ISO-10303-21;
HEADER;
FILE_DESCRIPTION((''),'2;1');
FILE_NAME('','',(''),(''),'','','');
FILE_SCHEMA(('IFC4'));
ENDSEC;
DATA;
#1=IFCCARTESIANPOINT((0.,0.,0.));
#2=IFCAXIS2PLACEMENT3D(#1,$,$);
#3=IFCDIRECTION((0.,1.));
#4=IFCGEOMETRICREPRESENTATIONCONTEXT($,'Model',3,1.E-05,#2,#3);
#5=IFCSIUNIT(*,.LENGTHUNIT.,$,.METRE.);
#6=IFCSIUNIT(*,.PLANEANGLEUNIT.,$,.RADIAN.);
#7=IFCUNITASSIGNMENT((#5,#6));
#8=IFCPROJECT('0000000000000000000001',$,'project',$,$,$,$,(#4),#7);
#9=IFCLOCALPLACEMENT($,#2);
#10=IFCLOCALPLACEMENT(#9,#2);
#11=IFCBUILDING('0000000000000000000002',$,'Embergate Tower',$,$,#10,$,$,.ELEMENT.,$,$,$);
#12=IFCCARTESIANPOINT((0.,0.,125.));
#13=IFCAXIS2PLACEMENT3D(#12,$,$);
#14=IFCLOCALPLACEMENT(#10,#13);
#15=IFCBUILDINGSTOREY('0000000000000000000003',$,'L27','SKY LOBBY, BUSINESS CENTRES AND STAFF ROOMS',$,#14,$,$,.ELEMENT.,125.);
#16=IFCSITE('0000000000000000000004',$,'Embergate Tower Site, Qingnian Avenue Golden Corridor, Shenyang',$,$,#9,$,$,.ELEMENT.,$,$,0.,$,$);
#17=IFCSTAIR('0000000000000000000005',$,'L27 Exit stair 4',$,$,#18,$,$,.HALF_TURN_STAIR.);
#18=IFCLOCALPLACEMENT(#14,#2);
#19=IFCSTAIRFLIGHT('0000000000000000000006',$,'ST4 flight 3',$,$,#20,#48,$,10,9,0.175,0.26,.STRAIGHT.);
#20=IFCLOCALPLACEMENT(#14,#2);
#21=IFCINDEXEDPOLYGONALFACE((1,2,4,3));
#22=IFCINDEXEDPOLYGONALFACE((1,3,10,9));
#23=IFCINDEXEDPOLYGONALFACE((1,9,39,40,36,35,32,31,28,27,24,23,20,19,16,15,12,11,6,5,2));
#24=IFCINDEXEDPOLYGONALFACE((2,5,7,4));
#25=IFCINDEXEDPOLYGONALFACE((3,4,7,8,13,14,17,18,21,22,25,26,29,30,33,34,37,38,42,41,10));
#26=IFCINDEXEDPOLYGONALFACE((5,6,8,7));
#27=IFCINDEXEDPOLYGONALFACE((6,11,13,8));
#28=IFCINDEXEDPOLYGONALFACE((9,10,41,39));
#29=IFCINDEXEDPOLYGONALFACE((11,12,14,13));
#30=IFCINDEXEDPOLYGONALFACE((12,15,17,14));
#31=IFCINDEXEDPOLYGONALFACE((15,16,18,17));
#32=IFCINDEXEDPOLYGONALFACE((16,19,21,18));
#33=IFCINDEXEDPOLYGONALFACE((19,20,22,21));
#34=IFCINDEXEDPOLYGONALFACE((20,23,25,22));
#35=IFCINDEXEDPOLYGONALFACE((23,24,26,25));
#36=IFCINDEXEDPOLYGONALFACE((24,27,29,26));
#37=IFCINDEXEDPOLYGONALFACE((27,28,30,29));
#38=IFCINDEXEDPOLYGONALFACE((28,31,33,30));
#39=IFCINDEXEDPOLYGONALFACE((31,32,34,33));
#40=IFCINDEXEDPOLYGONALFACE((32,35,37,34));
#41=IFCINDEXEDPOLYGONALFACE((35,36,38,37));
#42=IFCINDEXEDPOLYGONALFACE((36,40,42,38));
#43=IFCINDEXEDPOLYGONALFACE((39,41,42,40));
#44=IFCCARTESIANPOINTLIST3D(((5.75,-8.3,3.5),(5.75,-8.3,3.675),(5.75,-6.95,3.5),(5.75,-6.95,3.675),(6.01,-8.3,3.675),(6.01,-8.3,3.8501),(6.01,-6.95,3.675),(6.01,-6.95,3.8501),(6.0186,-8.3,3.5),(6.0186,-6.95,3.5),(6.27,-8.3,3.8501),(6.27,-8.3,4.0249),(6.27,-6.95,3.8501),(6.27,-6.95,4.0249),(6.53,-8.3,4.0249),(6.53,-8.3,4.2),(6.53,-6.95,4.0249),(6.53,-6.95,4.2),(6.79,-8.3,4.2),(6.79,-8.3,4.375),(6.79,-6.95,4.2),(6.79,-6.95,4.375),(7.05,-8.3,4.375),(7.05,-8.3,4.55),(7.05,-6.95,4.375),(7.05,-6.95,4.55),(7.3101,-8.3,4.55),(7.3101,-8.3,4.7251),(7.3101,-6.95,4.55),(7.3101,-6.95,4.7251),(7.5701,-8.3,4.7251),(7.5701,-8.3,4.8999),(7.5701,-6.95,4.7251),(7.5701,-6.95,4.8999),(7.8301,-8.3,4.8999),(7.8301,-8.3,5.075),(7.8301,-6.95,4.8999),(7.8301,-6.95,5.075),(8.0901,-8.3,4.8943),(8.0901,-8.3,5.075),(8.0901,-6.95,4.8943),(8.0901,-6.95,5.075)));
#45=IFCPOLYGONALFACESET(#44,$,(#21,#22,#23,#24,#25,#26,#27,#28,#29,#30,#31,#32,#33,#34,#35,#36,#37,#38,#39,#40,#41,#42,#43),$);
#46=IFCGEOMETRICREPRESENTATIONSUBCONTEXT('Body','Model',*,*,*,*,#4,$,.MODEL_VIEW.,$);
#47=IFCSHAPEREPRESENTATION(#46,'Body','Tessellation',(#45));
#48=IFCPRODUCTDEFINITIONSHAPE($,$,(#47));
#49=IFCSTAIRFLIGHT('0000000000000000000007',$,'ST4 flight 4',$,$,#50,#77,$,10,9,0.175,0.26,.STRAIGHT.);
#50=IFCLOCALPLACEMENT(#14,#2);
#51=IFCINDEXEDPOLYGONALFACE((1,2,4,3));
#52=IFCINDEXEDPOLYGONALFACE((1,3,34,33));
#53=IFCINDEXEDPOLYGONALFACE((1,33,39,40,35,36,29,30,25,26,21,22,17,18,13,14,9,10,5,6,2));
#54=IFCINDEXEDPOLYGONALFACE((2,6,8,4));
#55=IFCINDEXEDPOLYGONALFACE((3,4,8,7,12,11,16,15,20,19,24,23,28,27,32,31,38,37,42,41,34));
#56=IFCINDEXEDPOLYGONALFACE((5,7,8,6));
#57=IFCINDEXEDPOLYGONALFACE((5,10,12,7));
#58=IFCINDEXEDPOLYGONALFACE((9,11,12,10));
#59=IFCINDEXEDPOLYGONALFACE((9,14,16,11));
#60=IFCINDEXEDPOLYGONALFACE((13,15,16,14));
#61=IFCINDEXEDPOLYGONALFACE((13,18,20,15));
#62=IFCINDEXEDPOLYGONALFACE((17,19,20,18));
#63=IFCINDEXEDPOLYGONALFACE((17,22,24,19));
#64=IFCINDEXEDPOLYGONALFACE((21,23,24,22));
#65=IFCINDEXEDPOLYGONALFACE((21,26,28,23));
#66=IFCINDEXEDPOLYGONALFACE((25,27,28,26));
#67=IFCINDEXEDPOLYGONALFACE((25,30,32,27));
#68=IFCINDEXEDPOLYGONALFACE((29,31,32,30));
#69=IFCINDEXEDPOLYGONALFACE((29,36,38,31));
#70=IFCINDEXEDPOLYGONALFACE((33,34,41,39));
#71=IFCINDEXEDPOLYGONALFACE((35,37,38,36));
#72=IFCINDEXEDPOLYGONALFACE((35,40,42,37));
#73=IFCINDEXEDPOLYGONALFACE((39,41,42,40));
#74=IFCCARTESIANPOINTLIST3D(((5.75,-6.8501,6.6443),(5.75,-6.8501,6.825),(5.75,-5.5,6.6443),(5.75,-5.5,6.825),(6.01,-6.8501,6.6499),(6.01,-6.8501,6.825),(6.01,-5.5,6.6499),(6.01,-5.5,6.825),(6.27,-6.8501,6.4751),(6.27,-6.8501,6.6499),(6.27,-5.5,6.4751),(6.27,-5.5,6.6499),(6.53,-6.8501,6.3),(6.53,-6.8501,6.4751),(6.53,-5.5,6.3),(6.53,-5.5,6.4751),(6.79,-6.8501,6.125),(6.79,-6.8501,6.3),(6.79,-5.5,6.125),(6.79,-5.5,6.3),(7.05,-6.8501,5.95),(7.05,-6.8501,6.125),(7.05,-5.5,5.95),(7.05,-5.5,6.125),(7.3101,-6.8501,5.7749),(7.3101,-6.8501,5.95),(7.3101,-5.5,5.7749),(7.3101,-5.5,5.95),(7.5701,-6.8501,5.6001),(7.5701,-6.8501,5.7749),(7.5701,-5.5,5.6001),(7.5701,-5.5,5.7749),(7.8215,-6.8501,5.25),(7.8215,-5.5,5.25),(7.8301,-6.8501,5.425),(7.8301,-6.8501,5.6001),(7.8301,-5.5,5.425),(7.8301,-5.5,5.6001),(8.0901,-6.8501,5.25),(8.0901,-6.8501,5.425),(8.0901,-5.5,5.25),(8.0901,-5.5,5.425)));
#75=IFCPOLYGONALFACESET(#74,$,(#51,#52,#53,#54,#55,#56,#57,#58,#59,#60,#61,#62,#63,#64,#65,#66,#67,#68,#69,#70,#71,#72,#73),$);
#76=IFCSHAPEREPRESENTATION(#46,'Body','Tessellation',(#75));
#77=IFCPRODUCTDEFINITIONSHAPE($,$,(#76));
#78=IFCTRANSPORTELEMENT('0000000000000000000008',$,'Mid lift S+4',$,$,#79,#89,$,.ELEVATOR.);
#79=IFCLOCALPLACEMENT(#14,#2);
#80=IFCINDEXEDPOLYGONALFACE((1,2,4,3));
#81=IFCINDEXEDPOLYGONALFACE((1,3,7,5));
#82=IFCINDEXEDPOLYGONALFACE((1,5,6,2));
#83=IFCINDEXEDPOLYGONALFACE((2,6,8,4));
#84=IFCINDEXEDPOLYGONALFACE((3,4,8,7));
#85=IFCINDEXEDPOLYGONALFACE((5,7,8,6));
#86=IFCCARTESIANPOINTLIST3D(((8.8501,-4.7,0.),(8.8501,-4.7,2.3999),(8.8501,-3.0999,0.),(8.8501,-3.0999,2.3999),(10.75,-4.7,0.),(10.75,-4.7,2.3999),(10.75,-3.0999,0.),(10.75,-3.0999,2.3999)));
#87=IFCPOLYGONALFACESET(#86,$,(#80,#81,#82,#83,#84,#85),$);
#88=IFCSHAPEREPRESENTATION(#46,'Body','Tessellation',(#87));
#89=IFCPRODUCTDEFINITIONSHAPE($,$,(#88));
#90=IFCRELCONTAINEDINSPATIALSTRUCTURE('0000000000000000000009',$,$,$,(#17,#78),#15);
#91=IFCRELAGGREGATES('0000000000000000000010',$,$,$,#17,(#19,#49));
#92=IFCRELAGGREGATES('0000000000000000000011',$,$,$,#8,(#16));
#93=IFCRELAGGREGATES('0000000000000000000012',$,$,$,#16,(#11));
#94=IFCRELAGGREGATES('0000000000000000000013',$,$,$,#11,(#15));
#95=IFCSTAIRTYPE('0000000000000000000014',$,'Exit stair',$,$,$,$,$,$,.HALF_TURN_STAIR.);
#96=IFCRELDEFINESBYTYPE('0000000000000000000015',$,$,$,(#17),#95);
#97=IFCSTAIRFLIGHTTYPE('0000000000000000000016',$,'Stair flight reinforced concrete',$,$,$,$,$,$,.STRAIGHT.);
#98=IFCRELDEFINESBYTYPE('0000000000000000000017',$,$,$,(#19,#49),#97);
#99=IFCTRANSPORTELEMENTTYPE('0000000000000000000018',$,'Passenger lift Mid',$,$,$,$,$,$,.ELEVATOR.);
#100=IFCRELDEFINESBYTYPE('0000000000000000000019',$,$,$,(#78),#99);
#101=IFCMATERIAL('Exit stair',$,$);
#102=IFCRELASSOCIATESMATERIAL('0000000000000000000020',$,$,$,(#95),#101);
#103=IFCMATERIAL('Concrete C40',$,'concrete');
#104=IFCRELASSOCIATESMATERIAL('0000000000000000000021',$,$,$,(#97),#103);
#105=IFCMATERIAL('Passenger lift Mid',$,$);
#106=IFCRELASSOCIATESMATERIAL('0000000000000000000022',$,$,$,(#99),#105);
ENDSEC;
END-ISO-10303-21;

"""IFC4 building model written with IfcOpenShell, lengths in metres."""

from ifc_helpers import new_model, si_unit, direction, frame, origin, origin_2d, place, context, subcontext, project, spatial, polyline, rectangle, outline, extrude, source, transform, mapped, material, type_object, element, aggregate, save


model = new_model("IFC4")

# Units and contexts
model_context = context("Model", 3, precision=1e-05, world=origin(), true_north=direction((0.0, 1.0)))
body_context = subcontext(model_context, "Body", "Model", "MODEL_VIEW")
ifc_project = project(units=[si_unit("LENGTHUNIT", "METRE"), si_unit("PLANEANGLEUNIT", "RADIAN")], contexts=[model_context])

# Site, building, storey
site_placement = place(None, origin())
site = spatial("IfcSite", under=ifc_project, at=site_placement, Name="Embergate Tower Site, Qingnian Avenue Golden Corridor, Shenyang", CompositionType="ELEMENT", RefElevation=0.0)
building_placement = place(site_placement, origin())
building = spatial("IfcBuilding", under=site, at=building_placement, Name="Embergate Tower", CompositionType="ELEMENT")
storey_placement = place(building_placement, frame((0.0, 0.0, 125.0)))
storey = spatial("IfcBuildingStorey", under=building, at=storey_placement, Name="L27", Description="SKY LOBBY, BUSINESS CENTRES AND STAFF ROOMS", CompositionType="ELEMENT", Elevation=125.0)

# Stair, stair flights
ifc_material_1 = material(Name="Exit stair")
stair_type = type_object("IfcStairType", Name="Exit stair", PredefinedType="HALF_TURN_STAIR", material=ifc_material_1)
stair_placement = place(storey_placement, origin())
stair = element("IfcStair", 1, at=stair_placement, inside=storey, type_object=stair_type, Name="L27 Exit stair 4", PredefinedType="HALF_TURN_STAIR")
ifc_material_2 = material(Name="Concrete C40", Category="concrete")
stair_flight_type = type_object("IfcStairFlightType", Name="Stair flight reinforced concrete", PredefinedType="STRAIGHT", material=ifc_material_2)
shared_shape_1 = source(origin(), body_context, "Body", "SweptSolid", [
    extrude(outline(polyline([(0.0, 0.0), (0.0, 0.175), (0.26, 0.175), (0.26, 0.3501), (0.52, 0.3501), (0.52, 0.5249), (0.78, 0.5249), (0.78, 0.7), (1.04, 0.7), (1.04, 0.875), (1.3, 0.875), (1.3, 1.05), (1.5601, 1.05), (1.5601, 1.2251), (1.8201, 1.2251), (1.8201, 1.3999), (2.0801, 1.3999), (2.0801, 1.575), (2.3401, 1.575), (2.3401, 1.75), (2.3401, 1.3943), (0.2686, 0.0), (0.0, 0.0)])), frame((0.0, 0.675, 0.0), z_axis=(0.0, -1.0, 0.0), x_axis=(1.0, 0.0, 0.0)), (0.0, 0.0, 1.0), 1.3501),
])
stair_flight_1_placement = place(storey_placement, frame((5.75, -7.625, 3.5), z_axis=(0.0, 0.0, 1.0), x_axis=(1.0, 0.0, 0.0)))
stair_flight_1 = element("IfcStairFlight", 2, at=stair_flight_1_placement, type_object=stair_flight_type, Name="ST4 flight 3", NumberOfRisers=10, NumberOfTreads=9, PredefinedType="STRAIGHT", RiserHeight=0.175, TreadLength=0.26, context=body_context, shape_type="MappedRepresentation", body=[
    mapped(shared_shape_1, transform((0.0, 0.0, 0.0))),
])
stair_flight_2_placement = place(storey_placement, frame((8.0901, -6.175, 5.25), z_axis=(0.0, 0.0, 1.0), x_axis=(-1.0, 0.0, 0.0)))
stair_flight_2 = element("IfcStairFlight", 3, at=stair_flight_2_placement, type_object=stair_flight_type, Name="ST4 flight 4", NumberOfRisers=10, NumberOfTreads=9, PredefinedType="STRAIGHT", RiserHeight=0.175, TreadLength=0.26, context=body_context, shape_type="MappedRepresentation", body=[
    mapped(shared_shape_1, transform((0.0, 0.0, 0.0))),
])
aggregate(stair, [stair_flight_1, stair_flight_2])

# Transport element
ifc_material_3 = material(Name="Passenger lift Mid")
transport_element_type = type_object("IfcTransportElementType", Name="Passenger lift Mid", PredefinedType="ELEVATOR", material=ifc_material_3)
shared_shape_2 = source(origin(), body_context, "Body", "SweptSolid", [
    extrude(rectangle(XDim=1.8999, YDim=1.6001, at=origin_2d()), origin(), (0.0, 0.0, 1.0), 2.3999),
])
transport_element_placement = place(storey_placement, frame((9.8, -3.8999, 0.0), z_axis=(0.0, 0.0, 1.0), x_axis=(1.0, 0.0, 0.0)))
element("IfcTransportElement", 4, at=transport_element_placement, inside=storey, type_object=transport_element_type, Name="Mid lift S+4", PredefinedType="ELEVATOR", context=body_context, shape_type="MappedRepresentation", body=[
    mapped(shared_shape_2, transform((0.0, 0.0, 0.0))),
])

save(model, "model.ifc")
